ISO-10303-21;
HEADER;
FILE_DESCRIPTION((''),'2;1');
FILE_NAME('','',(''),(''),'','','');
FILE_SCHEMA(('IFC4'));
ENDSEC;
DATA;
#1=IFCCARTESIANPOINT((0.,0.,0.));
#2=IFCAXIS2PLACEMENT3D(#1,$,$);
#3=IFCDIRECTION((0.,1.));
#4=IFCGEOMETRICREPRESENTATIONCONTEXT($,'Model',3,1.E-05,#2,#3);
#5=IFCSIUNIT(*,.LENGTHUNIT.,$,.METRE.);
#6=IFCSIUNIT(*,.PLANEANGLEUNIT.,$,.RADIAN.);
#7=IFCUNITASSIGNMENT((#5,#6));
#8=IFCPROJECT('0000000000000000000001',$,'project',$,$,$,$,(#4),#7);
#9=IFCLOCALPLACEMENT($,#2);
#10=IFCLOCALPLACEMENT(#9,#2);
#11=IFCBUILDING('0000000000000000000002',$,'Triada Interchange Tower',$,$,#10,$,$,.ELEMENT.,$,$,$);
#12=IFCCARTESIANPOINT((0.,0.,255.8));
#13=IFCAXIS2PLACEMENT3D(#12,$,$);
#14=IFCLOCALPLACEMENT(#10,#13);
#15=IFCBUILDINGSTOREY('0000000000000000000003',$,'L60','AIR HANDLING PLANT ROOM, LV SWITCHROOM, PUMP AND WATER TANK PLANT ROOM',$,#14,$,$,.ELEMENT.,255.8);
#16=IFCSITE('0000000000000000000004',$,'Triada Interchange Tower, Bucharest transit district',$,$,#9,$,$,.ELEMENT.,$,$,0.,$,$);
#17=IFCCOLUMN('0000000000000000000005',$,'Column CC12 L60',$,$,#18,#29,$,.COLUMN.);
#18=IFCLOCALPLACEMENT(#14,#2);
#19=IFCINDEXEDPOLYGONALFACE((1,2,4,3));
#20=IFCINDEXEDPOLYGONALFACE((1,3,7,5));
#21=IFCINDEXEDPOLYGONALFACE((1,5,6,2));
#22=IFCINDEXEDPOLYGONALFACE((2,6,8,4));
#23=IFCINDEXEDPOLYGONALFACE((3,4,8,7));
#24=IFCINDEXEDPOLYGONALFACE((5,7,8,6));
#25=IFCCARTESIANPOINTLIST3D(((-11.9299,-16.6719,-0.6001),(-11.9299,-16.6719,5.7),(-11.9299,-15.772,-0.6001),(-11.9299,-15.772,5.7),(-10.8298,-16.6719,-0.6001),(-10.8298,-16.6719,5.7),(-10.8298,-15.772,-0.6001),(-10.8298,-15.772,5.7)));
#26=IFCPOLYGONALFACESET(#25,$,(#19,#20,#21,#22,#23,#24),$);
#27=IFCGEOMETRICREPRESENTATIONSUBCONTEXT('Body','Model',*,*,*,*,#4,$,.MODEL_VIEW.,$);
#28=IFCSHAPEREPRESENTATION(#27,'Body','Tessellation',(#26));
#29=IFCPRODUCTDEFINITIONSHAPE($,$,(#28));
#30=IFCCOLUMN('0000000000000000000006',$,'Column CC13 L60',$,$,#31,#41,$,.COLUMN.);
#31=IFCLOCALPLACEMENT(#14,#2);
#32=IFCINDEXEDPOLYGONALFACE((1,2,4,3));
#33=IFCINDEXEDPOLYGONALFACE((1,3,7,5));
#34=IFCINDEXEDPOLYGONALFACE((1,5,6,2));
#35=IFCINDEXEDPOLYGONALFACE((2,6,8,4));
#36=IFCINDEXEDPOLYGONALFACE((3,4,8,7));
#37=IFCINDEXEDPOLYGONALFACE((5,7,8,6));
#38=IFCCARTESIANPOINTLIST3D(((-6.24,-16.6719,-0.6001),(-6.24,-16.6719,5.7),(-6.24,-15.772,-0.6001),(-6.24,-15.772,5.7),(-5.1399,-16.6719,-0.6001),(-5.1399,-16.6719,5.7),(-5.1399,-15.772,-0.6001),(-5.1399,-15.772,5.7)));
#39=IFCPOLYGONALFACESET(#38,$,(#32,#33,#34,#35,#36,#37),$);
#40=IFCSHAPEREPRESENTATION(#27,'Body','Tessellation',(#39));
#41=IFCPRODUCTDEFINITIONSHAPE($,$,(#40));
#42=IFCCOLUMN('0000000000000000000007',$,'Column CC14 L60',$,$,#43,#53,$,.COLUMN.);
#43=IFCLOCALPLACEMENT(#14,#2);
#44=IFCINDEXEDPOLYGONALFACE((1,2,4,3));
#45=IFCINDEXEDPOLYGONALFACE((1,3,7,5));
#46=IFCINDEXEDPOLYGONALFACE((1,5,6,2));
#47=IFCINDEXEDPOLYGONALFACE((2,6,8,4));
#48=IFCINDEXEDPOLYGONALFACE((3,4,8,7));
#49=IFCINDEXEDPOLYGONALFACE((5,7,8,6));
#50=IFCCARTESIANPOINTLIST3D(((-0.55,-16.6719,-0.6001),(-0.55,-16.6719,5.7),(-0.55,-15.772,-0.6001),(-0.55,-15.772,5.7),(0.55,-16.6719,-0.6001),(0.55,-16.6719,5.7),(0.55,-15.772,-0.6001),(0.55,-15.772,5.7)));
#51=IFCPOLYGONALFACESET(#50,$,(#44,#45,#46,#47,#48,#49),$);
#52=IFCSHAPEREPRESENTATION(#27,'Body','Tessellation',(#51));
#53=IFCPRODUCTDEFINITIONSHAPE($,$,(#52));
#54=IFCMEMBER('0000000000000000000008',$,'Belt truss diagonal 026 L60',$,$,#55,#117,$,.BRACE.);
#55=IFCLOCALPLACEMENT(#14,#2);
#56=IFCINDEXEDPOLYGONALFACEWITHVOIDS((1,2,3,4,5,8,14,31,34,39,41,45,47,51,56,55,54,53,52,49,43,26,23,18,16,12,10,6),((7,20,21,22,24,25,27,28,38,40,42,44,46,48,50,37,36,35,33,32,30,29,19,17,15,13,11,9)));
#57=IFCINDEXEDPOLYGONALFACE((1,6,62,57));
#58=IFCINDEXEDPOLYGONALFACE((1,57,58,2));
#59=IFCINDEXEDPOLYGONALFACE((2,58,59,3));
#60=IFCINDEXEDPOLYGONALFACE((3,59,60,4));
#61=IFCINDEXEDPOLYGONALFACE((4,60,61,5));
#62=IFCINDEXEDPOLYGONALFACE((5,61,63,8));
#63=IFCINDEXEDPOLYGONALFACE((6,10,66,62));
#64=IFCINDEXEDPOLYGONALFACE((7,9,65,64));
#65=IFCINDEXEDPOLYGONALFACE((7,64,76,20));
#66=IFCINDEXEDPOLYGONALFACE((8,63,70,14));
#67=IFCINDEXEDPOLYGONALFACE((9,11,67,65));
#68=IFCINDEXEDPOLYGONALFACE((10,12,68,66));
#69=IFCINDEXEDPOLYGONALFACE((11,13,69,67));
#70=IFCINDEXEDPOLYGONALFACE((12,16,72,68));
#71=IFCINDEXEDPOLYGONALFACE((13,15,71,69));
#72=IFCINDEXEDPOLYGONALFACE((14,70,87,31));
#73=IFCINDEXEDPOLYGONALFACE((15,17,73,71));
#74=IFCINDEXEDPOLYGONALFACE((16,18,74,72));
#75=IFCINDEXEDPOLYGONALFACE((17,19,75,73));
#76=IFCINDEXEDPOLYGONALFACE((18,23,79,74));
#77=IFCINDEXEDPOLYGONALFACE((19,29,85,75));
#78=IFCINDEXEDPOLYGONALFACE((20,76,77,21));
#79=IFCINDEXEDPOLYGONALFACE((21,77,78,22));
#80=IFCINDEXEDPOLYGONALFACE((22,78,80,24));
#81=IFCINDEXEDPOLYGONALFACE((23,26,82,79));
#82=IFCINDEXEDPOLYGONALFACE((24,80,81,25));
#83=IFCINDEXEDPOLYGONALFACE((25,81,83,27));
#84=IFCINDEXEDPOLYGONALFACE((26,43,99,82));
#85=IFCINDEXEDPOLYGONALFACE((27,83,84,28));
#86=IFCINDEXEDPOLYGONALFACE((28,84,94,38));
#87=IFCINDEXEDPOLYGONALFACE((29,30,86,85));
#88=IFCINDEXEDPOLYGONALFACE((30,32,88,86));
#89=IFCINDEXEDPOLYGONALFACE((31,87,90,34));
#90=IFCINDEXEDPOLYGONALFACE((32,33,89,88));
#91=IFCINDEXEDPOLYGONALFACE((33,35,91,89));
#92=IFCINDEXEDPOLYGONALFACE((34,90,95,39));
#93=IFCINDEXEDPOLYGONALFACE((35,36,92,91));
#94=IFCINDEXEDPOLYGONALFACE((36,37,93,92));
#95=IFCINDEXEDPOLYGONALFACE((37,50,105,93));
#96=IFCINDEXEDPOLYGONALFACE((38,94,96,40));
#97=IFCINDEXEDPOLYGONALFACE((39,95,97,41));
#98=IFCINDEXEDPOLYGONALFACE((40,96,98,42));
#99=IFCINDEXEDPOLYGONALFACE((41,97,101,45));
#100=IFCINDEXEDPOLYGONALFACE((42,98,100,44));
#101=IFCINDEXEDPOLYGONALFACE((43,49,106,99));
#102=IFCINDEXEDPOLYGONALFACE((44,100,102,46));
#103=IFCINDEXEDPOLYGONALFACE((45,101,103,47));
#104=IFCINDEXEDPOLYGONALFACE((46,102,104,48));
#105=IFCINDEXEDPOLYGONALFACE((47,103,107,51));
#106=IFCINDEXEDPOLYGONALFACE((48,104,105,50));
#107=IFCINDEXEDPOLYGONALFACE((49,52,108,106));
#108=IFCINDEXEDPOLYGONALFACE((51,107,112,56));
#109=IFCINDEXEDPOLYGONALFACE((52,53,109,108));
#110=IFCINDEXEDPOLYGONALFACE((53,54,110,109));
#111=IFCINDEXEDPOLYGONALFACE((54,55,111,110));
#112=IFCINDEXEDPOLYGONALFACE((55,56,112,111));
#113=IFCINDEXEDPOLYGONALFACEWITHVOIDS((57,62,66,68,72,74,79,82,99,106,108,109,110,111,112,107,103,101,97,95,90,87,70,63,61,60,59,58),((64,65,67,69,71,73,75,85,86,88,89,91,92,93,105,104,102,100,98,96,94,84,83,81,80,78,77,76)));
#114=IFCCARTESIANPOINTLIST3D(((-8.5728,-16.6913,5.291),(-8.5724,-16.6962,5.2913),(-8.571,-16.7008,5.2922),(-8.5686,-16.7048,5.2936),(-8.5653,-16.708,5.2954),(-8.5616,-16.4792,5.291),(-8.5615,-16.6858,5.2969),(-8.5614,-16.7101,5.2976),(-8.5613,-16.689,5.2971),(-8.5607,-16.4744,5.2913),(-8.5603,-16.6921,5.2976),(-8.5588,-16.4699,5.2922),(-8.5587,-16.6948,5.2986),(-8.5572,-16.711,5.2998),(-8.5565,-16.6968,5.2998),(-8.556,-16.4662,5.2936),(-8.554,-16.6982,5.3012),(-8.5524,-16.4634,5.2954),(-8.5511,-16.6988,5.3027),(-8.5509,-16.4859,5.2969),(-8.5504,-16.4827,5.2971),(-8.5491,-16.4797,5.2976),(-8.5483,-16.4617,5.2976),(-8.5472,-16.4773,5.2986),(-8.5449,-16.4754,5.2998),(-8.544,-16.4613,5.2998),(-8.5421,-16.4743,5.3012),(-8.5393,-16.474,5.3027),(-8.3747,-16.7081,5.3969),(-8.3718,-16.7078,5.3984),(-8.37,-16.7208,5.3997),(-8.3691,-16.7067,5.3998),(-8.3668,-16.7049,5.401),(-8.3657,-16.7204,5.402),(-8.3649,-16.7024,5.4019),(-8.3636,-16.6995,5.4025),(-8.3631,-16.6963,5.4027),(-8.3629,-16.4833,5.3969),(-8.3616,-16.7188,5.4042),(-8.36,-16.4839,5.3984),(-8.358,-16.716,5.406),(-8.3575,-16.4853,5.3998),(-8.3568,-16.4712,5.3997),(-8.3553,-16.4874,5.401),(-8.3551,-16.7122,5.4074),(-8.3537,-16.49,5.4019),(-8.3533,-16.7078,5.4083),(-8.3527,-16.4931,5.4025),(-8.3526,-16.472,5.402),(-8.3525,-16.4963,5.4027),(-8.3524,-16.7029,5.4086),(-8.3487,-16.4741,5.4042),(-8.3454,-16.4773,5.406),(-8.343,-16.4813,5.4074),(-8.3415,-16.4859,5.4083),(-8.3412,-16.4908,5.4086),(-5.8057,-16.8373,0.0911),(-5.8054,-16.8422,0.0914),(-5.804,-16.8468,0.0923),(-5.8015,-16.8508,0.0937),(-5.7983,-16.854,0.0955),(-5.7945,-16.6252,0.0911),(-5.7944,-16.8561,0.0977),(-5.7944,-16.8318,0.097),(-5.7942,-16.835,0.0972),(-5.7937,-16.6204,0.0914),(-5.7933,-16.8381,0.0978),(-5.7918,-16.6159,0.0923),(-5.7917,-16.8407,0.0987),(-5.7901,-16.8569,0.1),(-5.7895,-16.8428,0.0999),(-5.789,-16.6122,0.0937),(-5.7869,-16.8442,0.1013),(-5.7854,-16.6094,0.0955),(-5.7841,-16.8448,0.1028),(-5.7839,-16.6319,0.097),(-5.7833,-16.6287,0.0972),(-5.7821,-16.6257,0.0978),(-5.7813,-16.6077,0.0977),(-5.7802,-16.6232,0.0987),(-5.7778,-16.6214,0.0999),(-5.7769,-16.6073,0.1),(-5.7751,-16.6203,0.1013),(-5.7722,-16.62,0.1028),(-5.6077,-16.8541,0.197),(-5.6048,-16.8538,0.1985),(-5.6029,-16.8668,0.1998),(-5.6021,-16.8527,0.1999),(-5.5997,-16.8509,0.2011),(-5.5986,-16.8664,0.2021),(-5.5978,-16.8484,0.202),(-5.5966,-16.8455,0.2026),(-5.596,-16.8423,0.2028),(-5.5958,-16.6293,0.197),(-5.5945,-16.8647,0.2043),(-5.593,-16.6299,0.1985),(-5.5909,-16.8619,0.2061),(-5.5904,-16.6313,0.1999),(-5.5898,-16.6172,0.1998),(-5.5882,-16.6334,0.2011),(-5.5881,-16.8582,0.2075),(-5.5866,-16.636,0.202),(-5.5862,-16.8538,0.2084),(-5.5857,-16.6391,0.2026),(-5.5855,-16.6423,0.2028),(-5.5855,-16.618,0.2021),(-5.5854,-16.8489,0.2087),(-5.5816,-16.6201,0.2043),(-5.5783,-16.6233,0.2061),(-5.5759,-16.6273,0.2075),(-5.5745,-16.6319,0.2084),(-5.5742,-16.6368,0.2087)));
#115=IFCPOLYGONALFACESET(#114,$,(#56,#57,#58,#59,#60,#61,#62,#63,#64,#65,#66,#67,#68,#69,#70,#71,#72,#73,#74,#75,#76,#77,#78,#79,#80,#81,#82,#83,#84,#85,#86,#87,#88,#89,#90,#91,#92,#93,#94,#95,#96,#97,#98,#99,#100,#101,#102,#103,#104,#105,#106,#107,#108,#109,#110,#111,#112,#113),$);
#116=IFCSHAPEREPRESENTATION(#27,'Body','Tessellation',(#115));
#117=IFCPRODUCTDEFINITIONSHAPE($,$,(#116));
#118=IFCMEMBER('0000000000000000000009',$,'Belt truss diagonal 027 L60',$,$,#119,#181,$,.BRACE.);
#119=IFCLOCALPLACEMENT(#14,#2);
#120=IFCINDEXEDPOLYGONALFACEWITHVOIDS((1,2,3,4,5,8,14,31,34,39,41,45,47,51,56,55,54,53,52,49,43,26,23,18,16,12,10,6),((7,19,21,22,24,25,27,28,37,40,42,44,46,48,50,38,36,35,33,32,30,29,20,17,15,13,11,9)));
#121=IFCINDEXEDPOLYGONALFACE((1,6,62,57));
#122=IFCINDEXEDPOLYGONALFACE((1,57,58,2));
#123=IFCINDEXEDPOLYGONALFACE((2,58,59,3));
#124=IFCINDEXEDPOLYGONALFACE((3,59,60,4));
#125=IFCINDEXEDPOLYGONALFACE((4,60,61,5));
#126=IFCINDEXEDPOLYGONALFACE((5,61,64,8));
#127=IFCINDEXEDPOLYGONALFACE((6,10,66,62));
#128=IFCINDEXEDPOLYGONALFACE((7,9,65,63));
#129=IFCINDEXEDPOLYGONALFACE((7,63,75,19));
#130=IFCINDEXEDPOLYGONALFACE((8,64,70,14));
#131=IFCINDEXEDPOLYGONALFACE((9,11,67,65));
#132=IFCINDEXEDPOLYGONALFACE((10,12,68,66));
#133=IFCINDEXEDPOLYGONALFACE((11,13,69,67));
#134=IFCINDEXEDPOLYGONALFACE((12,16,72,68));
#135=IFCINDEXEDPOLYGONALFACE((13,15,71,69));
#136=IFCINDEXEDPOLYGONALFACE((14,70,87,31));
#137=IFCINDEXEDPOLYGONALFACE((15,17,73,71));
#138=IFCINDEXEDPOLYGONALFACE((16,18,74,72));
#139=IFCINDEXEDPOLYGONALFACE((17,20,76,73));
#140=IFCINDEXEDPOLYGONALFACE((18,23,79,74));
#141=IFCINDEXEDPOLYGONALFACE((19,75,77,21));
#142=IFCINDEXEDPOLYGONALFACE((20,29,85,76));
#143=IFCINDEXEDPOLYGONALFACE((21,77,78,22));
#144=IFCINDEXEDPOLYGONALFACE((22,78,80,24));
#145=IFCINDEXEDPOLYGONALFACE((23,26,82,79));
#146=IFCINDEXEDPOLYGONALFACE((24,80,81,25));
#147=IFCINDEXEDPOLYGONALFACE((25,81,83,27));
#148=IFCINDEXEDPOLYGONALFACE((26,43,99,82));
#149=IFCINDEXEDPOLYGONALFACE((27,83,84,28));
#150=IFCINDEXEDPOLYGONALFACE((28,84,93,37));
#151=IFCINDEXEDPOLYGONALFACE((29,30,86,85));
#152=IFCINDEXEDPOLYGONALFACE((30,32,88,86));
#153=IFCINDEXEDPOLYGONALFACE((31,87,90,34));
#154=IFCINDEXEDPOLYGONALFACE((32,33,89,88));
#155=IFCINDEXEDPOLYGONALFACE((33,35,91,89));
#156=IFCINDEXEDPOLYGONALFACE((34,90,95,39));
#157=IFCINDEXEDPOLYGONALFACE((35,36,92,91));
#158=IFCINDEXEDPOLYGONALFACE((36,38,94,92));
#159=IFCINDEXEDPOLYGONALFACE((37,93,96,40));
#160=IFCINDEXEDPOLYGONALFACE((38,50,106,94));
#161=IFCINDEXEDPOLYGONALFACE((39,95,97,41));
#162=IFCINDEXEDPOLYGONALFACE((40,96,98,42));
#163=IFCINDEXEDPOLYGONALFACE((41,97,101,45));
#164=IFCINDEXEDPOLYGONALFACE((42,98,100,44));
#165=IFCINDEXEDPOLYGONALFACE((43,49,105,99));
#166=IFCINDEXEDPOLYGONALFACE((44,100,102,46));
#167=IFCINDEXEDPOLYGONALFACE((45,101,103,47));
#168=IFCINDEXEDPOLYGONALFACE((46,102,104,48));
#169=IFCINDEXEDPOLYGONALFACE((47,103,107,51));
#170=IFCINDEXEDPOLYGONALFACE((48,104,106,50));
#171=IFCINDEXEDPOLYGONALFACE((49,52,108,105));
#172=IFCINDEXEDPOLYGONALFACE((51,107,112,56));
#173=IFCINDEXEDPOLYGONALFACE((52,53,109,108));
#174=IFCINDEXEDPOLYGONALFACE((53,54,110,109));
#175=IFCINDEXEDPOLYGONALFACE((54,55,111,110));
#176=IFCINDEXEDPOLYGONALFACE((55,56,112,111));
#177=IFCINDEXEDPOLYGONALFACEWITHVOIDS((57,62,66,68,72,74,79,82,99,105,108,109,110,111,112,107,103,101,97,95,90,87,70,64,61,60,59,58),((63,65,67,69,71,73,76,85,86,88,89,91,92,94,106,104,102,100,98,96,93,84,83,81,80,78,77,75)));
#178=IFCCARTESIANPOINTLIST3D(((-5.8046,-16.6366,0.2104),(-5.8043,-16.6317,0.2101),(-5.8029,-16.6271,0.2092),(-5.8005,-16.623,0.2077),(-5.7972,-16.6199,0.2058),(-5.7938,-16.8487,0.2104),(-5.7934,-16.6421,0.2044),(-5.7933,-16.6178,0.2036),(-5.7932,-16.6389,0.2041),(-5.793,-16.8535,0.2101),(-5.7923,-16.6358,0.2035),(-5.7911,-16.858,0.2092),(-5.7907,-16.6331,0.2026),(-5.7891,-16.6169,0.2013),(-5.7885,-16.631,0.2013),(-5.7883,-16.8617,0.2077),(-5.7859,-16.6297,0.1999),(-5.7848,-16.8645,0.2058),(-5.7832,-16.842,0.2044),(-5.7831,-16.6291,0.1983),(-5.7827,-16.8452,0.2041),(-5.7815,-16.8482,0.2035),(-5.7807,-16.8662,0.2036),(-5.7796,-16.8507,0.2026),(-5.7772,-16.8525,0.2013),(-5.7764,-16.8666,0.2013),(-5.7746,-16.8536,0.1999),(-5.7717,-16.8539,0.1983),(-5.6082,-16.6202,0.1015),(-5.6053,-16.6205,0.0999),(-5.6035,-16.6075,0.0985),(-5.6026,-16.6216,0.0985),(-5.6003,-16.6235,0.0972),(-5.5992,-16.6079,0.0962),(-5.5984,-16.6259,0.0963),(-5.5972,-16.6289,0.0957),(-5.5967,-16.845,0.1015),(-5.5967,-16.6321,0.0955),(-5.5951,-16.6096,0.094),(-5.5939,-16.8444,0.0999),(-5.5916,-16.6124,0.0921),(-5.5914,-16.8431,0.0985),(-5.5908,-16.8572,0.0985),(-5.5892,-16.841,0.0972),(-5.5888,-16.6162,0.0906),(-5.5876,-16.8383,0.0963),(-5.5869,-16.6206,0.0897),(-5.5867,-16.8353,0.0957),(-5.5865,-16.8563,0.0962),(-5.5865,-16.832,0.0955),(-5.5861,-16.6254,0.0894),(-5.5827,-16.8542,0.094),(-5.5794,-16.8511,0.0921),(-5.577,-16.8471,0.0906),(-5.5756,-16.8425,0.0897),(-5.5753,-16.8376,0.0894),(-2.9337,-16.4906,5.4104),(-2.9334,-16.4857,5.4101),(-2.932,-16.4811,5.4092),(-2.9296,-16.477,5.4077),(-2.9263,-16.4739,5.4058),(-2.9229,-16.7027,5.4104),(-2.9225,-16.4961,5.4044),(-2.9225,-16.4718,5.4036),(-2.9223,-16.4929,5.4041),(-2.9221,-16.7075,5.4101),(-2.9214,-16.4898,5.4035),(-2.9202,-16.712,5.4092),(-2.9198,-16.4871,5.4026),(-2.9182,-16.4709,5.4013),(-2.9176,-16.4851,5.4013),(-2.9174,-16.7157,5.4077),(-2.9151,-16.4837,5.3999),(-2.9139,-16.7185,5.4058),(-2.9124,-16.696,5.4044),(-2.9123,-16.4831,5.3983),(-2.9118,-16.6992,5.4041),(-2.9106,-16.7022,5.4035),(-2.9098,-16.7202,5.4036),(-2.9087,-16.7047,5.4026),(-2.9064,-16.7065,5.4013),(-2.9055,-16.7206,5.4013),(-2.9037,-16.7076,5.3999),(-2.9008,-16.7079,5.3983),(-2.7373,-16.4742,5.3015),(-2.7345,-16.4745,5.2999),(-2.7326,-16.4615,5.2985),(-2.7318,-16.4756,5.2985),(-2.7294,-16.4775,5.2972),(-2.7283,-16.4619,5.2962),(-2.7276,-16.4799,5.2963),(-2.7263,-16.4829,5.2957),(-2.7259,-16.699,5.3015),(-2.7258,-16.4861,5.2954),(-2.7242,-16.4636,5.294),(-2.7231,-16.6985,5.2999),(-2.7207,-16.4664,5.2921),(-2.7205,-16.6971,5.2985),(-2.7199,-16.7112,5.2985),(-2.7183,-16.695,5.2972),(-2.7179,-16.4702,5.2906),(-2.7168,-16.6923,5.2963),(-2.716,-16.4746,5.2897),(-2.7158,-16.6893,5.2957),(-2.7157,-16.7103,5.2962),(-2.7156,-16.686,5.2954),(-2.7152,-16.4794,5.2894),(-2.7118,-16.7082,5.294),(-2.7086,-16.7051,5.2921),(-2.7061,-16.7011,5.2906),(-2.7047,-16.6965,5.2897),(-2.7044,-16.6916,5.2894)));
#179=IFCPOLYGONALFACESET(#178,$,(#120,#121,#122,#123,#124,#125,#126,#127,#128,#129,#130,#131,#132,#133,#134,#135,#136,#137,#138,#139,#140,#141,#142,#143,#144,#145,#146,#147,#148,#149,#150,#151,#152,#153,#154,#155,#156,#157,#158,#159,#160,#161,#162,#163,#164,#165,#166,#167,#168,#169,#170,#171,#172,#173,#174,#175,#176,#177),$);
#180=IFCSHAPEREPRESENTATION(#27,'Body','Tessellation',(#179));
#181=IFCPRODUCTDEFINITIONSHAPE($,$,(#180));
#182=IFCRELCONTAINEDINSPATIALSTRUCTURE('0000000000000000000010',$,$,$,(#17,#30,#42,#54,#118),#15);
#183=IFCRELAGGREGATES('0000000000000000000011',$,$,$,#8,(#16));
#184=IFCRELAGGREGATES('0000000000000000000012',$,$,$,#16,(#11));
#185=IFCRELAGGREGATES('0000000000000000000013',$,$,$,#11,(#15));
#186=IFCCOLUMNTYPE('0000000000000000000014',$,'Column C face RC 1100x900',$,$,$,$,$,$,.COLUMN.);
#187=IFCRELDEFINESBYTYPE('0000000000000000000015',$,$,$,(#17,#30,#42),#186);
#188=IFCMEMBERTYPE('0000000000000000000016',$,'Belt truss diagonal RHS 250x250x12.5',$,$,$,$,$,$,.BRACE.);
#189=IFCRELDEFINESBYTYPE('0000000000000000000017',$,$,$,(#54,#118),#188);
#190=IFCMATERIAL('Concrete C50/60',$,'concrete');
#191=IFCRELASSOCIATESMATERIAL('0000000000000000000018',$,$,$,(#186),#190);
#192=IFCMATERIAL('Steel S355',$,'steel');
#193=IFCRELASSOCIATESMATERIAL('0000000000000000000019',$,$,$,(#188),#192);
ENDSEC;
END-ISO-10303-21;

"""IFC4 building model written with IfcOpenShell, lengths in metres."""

from ifc_helpers import new_model, si_unit, direction, frame, origin, origin_2d, place, context, subcontext, project, spatial, rectangle, hollow_rectangle, extrude, material, material_profile, profile_set, type_object, element, save


model = new_model("IFC4")

# Units and contexts
model_context = context("Model", 3, precision=1e-05, world=origin(), true_north=direction((0.0, 1.0)))
body_context = subcontext(model_context, "Body", "Model", "MODEL_VIEW")
ifc_project = project(units=[si_unit("LENGTHUNIT", "METRE"), si_unit("PLANEANGLEUNIT", "RADIAN")], contexts=[model_context])

# Site, building, storey
site_placement = place(None, origin())
site = spatial("IfcSite", under=ifc_project, at=site_placement, Name="Triada Interchange Tower, Bucharest transit district", CompositionType="ELEMENT", RefElevation=0.0)
building_placement = place(site_placement, origin())
building = spatial("IfcBuilding", under=site, at=building_placement, Name="Triada Interchange Tower", CompositionType="ELEMENT")
storey_placement = place(building_placement, frame((0.0, 0.0, 255.8)))
storey = spatial("IfcBuildingStorey", under=building, at=storey_placement, Name="L60", Description="AIR HANDLING PLANT ROOM, LV SWITCHROOM, PUMP AND WATER TANK PLANT ROOM", CompositionType="ELEMENT", Elevation=255.8)

# Columns
ifc_material_1 = material(Name="Concrete C50/60", Category="concrete")
ifc_material_profile_1 = material_profile(ifc_material_1, rectangle(XDim=1.1001, YDim=0.8999, at=origin_2d()), Name="RC 1100x900")
ifc_profile_set_1 = profile_set([ifc_material_profile_1], Name="Concrete C50/60")
column_type = type_object("IfcColumnType", Name="Column C face RC 1100x900", PredefinedType="COLUMN", material=ifc_profile_set_1)
for number, where, z_axis, x_axis, name in (
    (1, (-11.3799, -16.2219, -0.6001), (0.0, 0.0, 1.0), (1.0, 0.0, 0.0), "Column CC12 L60"),
    (2, (-5.6899, -16.2219, -0.6001), (0.0, 0.0, 1.0), (1.0, 0.0, 0.0), "Column CC13 L60"),
    (3, (0.0, -16.2219, -0.6001), (0.0, 0.0, 1.0), (1.0, 0.0, 0.0), "Column CC14 L60"),
):
    element("IfcColumn", number, at=place(storey_placement, frame(where, z_axis=z_axis, x_axis=x_axis)), inside=storey, type_object=column_type, Name=name, PredefinedType="COLUMN", context=body_context, shape_type="SweptSolid", body=[
        extrude(rectangle(XDim=1.1001, YDim=0.8999, at=origin_2d()), origin(), (0.0, 0.0, 1.0), 6.3),
    ])

# Members
ifc_material_2 = material(Name="Steel S355", Category="steel")
ifc_material_profile_2 = material_profile(ifc_material_2, hollow_rectangle(XDim=0.25, YDim=0.25, WallThickness=0.0125, InnerFilletRadius=0.0125, OuterFilletRadius=0.0188, at=origin_2d()), Name="RHS 250x250x12.5")
ifc_profile_set_2 = profile_set([ifc_material_profile_2], Name="Steel S355")
member_type_1 = type_object("IfcMemberType", Name="Belt truss diagonal RHS 250x250x12.5", PredefinedType="BRACE", material=ifc_profile_set_2)
member_1_placement = place(storey_placement, frame((-5.6899, -16.7371, 0.1499), z_axis=(-0.469622, 0.024778, 0.88252), x_axis=(-0.052688, -0.998611, 0.0)))
element("IfcMember", 4, at=member_1_placement, inside=storey, type_object=member_type_1, Name="Belt truss diagonal 026 L60", PredefinedType="BRACE", context=body_context, shape_type="SweptSolid", body=[
    extrude(hollow_rectangle(XDim=0.25, YDim=0.25, WallThickness=0.0125, InnerFilletRadius=0.0125, OuterFilletRadius=0.0188, at=origin_2d()), origin(), (0.0, 0.0, 1.0), 5.8921),
])
member_2_placement = place(storey_placement, frame((-5.6899, -16.7371, 0.1499), z_axis=(0.483178, 0.024572, 0.875177), x_axis=(-0.050789, 0.998709, 0.0)))
element("IfcMember", 5, at=member_2_placement, inside=storey, type_object=member_type_1, Name="Belt truss diagonal 027 L60", PredefinedType="BRACE", context=body_context, shape_type="SweptSolid", body=[
    extrude(hollow_rectangle(XDim=0.25, YDim=0.25, WallThickness=0.0125, InnerFilletRadius=0.0125, OuterFilletRadius=0.0188, at=origin_2d()), origin(), (0.0, 0.0, 1.0), 5.9417),
])

save(model, "model.ifc")
